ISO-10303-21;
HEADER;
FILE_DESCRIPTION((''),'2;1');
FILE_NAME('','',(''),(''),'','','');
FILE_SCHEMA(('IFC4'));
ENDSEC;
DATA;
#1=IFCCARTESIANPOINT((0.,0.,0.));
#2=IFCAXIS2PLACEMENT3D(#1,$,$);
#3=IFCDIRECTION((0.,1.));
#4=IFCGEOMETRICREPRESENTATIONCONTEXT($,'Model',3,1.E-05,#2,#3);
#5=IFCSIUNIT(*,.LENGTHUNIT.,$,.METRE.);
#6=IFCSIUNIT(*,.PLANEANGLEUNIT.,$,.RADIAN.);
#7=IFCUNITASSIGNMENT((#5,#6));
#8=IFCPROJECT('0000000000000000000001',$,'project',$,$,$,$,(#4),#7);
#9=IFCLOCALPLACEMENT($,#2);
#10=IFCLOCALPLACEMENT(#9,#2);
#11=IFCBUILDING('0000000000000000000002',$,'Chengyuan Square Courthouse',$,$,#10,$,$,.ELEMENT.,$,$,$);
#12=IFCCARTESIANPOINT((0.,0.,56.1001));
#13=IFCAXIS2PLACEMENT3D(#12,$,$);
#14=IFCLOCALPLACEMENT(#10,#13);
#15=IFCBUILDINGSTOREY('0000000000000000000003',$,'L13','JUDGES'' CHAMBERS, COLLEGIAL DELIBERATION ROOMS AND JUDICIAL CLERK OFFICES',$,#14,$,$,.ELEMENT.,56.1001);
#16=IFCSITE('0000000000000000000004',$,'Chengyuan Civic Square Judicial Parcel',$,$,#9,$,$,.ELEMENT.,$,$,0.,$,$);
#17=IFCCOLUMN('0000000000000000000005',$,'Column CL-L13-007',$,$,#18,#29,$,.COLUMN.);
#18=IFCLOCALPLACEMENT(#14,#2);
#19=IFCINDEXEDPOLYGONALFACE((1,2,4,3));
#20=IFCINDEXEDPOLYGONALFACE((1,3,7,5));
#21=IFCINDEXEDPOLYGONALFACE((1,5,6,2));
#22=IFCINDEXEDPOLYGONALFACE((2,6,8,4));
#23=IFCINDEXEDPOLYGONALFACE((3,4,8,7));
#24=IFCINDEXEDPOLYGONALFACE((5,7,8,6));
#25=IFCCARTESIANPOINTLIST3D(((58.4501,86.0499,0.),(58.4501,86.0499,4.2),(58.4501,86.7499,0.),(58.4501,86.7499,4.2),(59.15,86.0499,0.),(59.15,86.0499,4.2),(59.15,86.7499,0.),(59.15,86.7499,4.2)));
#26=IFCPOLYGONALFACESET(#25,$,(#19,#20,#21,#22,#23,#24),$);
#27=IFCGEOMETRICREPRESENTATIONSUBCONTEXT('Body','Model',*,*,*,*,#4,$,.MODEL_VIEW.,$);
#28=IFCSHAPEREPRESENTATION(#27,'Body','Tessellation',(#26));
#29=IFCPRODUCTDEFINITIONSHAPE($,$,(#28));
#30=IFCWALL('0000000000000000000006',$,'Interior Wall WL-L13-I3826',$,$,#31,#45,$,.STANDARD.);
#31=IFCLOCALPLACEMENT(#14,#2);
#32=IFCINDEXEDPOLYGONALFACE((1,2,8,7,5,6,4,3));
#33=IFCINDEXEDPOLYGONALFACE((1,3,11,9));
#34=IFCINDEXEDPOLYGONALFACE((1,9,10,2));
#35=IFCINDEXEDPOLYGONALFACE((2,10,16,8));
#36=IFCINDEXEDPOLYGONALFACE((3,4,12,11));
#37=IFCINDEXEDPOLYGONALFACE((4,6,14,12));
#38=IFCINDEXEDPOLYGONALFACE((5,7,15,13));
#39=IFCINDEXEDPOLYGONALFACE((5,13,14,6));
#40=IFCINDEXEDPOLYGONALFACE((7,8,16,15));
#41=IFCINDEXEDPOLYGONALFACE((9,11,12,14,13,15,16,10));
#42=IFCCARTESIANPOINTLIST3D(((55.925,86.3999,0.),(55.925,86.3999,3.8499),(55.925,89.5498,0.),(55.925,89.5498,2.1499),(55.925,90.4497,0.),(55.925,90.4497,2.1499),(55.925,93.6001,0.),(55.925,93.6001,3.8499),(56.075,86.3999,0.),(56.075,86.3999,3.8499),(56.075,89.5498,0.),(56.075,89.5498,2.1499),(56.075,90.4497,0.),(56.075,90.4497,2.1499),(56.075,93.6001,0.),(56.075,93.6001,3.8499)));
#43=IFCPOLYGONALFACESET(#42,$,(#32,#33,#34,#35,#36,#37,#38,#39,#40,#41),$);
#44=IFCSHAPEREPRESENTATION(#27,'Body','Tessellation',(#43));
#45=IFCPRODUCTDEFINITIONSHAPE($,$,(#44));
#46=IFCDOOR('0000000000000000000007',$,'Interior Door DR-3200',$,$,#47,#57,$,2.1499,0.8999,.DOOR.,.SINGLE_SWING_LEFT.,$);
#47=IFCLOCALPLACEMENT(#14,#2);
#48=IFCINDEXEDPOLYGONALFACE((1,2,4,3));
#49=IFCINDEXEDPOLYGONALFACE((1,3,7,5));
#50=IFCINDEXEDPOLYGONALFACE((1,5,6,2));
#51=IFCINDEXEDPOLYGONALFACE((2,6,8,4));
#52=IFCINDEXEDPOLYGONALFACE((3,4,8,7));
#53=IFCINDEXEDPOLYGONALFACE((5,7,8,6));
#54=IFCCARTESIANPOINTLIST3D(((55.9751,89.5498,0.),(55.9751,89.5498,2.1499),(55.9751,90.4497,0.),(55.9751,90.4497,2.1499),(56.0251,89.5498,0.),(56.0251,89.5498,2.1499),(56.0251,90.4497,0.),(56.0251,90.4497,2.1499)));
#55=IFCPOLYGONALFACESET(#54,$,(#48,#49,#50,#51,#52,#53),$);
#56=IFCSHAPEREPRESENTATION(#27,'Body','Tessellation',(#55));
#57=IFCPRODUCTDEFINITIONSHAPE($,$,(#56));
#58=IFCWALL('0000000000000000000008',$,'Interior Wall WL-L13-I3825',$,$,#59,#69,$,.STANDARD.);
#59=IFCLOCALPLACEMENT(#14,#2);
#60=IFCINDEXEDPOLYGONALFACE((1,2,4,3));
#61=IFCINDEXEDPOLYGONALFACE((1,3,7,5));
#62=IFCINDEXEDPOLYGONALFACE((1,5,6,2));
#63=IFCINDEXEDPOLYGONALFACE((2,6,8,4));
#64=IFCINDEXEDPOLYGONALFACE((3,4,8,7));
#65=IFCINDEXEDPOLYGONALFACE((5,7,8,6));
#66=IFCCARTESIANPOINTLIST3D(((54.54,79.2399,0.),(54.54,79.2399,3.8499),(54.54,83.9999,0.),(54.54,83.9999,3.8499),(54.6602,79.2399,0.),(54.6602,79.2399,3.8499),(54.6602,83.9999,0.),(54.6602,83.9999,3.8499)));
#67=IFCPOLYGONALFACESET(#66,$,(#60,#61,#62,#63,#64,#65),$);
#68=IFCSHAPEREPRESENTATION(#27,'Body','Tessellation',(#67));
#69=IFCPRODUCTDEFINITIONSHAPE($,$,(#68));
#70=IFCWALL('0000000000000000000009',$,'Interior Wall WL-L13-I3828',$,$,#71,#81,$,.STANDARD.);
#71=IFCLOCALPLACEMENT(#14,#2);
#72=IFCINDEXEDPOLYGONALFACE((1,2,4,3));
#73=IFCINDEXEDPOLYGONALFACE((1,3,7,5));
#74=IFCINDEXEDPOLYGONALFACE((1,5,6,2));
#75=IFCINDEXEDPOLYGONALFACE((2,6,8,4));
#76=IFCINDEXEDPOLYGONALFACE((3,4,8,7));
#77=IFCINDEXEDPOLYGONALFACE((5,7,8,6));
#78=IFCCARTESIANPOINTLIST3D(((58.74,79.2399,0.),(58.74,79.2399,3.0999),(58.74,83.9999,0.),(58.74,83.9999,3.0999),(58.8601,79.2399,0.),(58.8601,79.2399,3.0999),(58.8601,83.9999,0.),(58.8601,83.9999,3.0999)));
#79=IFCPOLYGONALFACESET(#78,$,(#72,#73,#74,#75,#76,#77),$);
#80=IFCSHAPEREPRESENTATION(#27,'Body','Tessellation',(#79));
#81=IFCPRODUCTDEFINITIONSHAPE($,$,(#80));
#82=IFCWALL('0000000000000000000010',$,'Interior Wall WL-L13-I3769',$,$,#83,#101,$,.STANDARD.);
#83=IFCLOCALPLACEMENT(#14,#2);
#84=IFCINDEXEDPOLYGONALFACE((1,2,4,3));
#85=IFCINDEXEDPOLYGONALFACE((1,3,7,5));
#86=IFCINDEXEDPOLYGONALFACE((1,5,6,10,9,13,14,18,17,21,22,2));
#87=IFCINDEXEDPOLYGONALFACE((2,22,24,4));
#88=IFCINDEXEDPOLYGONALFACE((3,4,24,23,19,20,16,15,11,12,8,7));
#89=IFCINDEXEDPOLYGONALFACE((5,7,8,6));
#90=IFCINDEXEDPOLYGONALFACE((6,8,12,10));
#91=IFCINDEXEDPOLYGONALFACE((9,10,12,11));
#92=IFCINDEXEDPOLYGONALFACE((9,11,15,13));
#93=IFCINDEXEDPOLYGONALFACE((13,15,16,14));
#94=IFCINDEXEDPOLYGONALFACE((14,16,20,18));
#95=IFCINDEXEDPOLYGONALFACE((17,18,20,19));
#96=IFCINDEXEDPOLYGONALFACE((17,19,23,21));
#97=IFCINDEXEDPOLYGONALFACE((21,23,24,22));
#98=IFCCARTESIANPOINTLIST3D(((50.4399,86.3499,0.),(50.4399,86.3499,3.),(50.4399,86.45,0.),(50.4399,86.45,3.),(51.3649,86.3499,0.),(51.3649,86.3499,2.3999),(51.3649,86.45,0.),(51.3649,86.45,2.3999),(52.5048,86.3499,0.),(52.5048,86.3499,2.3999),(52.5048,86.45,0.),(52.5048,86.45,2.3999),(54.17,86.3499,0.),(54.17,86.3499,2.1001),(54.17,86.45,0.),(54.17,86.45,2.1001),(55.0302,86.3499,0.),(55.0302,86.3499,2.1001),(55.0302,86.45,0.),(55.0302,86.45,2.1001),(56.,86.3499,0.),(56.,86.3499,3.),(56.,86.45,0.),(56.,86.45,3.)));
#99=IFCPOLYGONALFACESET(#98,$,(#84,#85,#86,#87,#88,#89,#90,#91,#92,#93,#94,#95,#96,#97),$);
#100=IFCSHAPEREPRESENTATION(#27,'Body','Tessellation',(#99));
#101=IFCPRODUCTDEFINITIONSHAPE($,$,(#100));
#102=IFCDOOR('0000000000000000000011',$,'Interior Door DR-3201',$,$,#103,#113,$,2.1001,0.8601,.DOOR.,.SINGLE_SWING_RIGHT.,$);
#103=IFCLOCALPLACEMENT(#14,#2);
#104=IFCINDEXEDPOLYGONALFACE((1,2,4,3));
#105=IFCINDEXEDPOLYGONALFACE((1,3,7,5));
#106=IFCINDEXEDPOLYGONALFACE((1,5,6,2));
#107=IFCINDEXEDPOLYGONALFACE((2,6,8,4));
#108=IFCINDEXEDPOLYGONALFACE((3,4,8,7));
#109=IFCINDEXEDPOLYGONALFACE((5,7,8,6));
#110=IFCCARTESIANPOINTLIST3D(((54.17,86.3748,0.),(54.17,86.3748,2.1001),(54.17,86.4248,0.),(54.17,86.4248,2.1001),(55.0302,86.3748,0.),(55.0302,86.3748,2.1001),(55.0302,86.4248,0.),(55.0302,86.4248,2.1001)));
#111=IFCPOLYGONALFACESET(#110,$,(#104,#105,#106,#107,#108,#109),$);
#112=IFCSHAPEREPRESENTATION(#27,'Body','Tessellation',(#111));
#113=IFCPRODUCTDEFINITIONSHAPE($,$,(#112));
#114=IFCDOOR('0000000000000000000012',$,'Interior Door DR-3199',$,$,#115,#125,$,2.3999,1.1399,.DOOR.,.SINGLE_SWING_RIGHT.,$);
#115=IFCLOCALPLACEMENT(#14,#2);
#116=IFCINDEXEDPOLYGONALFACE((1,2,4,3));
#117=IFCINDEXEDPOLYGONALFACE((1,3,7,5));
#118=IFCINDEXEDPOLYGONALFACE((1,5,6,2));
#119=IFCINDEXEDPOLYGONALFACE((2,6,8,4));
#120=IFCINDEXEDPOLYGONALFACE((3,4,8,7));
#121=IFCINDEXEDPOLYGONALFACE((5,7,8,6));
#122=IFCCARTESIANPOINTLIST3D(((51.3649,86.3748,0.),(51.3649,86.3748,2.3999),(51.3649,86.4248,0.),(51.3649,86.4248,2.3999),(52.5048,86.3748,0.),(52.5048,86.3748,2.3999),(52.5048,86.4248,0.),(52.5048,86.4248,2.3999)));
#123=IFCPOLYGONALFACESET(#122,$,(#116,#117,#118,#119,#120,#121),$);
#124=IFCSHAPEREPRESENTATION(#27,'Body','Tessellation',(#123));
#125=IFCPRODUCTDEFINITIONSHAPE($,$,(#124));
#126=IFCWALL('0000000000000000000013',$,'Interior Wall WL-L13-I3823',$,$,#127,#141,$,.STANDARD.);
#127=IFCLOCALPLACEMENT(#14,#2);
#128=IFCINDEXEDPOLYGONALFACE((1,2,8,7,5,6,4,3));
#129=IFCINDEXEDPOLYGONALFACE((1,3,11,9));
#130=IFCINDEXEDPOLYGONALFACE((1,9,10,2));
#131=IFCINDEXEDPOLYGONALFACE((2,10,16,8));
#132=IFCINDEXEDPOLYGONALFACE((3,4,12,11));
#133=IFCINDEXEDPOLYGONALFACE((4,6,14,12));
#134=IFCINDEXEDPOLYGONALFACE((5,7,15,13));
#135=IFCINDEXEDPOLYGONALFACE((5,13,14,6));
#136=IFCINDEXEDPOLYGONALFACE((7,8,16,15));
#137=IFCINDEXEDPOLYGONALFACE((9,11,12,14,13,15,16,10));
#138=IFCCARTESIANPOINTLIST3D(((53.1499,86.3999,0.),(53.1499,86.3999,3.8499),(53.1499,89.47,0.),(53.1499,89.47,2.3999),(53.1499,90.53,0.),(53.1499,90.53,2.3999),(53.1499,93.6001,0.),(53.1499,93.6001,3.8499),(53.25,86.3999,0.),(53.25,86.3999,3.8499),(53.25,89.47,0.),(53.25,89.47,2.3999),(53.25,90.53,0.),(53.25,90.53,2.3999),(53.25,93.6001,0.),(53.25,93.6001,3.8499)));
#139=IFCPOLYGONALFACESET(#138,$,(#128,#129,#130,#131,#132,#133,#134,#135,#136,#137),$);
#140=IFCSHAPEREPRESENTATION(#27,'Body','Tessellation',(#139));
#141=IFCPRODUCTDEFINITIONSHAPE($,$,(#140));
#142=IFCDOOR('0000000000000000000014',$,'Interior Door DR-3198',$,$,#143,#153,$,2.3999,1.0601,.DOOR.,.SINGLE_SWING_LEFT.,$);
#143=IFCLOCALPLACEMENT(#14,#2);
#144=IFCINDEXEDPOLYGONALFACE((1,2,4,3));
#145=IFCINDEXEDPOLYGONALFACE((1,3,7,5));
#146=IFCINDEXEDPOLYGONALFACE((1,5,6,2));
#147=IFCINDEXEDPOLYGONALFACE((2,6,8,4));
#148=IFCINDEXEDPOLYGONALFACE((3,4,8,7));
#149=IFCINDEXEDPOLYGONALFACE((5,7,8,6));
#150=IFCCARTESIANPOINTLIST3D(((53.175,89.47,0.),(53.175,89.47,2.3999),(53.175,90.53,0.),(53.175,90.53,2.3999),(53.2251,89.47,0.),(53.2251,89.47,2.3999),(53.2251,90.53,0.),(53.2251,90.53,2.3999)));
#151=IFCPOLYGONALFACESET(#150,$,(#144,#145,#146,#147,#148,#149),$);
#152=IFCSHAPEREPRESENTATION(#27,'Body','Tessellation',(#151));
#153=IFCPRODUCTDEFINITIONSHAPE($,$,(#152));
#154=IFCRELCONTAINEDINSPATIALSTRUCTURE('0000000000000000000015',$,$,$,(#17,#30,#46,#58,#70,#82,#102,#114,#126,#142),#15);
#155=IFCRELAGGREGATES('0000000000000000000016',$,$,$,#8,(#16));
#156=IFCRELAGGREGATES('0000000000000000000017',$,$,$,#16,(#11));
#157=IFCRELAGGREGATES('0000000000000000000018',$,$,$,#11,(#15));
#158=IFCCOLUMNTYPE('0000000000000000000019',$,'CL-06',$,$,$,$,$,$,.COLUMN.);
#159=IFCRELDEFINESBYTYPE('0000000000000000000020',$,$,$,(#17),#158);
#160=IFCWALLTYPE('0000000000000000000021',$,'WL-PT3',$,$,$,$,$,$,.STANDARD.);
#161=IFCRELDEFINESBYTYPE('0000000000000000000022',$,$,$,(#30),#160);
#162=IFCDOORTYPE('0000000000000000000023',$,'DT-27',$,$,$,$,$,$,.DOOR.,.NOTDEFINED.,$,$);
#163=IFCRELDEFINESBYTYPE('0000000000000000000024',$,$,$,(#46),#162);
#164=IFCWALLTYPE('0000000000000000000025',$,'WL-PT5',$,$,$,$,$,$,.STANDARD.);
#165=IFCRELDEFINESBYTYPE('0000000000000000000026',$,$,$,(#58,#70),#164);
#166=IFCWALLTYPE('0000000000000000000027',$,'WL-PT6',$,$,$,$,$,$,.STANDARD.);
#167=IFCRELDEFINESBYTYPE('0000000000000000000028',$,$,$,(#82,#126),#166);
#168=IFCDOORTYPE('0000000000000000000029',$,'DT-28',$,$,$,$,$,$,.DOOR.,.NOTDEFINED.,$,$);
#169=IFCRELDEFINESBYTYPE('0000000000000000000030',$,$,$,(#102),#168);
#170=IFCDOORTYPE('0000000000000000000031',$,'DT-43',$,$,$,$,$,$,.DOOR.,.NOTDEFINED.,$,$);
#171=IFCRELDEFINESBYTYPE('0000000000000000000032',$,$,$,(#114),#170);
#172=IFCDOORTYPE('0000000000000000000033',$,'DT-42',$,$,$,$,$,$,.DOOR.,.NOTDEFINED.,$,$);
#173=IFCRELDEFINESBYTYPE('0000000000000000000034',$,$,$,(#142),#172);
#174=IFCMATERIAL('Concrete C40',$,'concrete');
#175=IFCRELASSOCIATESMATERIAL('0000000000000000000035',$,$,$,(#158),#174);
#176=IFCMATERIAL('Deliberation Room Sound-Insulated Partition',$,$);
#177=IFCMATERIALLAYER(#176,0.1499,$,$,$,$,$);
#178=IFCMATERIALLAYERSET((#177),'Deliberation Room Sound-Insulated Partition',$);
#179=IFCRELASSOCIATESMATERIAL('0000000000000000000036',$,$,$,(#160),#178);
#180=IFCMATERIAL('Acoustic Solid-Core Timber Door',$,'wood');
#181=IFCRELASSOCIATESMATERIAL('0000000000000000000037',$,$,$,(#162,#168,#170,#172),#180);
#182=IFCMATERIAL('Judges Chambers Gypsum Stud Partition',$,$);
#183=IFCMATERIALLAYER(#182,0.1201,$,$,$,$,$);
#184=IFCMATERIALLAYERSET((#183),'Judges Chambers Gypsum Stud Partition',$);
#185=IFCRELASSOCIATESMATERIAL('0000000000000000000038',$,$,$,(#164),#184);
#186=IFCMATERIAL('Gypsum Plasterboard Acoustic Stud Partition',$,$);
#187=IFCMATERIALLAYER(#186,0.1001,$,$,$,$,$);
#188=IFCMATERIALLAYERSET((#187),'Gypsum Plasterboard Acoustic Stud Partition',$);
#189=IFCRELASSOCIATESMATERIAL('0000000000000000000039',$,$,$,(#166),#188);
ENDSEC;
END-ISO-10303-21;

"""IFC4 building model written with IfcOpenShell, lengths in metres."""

from ifc_helpers import new_model, si_unit, direction, frame, frame_2d, origin, origin_2d, place, context, subcontext, project, spatial, rectangle, extrude, material, layer, layer_set, material_profile, profile_set, type_object, element, fill, save


model = new_model("IFC4")

# Units and contexts
model_context = context("Model", 3, precision=1e-05, world=origin(), true_north=direction((0.0, 1.0)))
body_context = subcontext(model_context, "Body", "Model", "MODEL_VIEW")
ifc_project = project(units=[si_unit("LENGTHUNIT", "METRE"), si_unit("PLANEANGLEUNIT", "RADIAN")], contexts=[model_context])

# Site, building, storey
site_placement = place(None, origin())
site = spatial("IfcSite", under=ifc_project, at=site_placement, Name="Chengyuan Civic Square Judicial Parcel", CompositionType="ELEMENT", RefElevation=0.0)
building_placement = place(site_placement, origin())
building = spatial("IfcBuilding", under=site, at=building_placement, Name="Chengyuan Square Courthouse", CompositionType="ELEMENT")
storey_placement = place(building_placement, frame((0.0, 0.0, 56.1001)))
storey = spatial("IfcBuildingStorey", under=building, at=storey_placement, Name="L13", Description="JUDGES' CHAMBERS, COLLEGIAL DELIBERATION ROOMS AND JUDICIAL CLERK OFFICES", CompositionType="ELEMENT", Elevation=56.1001)

# Column
ifc_material_1 = material(Name="Concrete C40", Category="concrete")
ifc_material_profile = material_profile(ifc_material_1, rectangle(XDim=0.7, YDim=0.7, at=origin_2d()), Name="RC-COL-700x700")
ifc_profile_set = profile_set([ifc_material_profile], Name="Concrete C40")
column_type = type_object("IfcColumnType", Name="CL-06", PredefinedType="COLUMN", material=ifc_profile_set)
column_placement = place(storey_placement, frame((58.8, 86.3999, 0.0), z_axis=(0.0, 0.0, 1.0), x_axis=(1.0, 0.0, 0.0)))
element("IfcColumn", 1, at=column_placement, inside=storey, type_object=column_type, Name="Column CL-L13-007", PredefinedType="COLUMN", context=body_context, shape_type="SweptSolid", body=[
    extrude(rectangle(XDim=0.7, YDim=0.7, at=origin_2d()), origin(), (0.0, 0.0, 1.0), 4.2),
])

# Wall, opening, door
ifc_material_2 = material(Name="Deliberation Room Sound-Insulated Partition")
ifc_layer_1 = layer(ifc_material_2, 0.1499)
ifc_layer_set_1 = layer_set([ifc_layer_1], Name="Deliberation Room Sound-Insulated Partition")
wall_type_1 = type_object("IfcWallType", Name="WL-PT3", PredefinedType="STANDARD", material=ifc_layer_set_1)
ifc_material_3 = material(Name="Acoustic Solid-Core Timber Door", Category="wood")
wall_1_placement = place(storey_placement, frame((56.0, 86.3999, 0.0), z_axis=(0.0, 0.0, 1.0), x_axis=(0.0, 1.0, 0.0)))
wall_1 = element("IfcWall", 2, at=wall_1_placement, inside=storey, type_object=wall_type_1, Name="Interior Wall WL-L13-I3826", PredefinedType="STANDARD", context=body_context, shape_type="SweptSolid", body=[
    extrude(rectangle(XDim=7.2002, YDim=0.1499, at=frame_2d((3.6001, 0.0))), origin(), (0.0, 0.0, 1.0), 3.8499),
])
opening_1_placement = place(wall_1_placement, frame((3.1499, 0.0, 0.0)))
opening_1 = element("IfcOpeningElement", 3, at=opening_1_placement, cuts=wall_1, PredefinedType="OPENING", context=body_context, shape_type="SweptSolid", body=[
    extrude(rectangle(XDim=0.8999, YDim=2.1499, at=frame_2d((0.45, 1.075))), frame((0.0, 0.0869, 0.0), z_axis=(0.0, -1.0, 0.0), x_axis=(1.0, 0.0, 0.0)), (0.0, 0.0, 1.0), 0.1738),
])
door_type_1 = type_object("IfcDoorType", Name="DT-27", OperationType="NOTDEFINED", PredefinedType="DOOR", material=ifc_material_3)
door_1_placement = place(opening_1_placement, origin())
door_1 = element("IfcDoor", 4, at=door_1_placement, inside=storey, type_object=door_type_1, Name="Interior Door DR-3200", OperationType="SINGLE_SWING_LEFT", OverallHeight=2.1499, OverallWidth=0.8999, PredefinedType="DOOR", context=body_context, shape_type="SweptSolid", body=[
    extrude(rectangle(XDim=0.8999, YDim=2.1499, at=frame_2d((0.45, 1.075))), frame((0.0, 0.0249, 0.0), z_axis=(0.0, -1.0, 0.0), x_axis=(1.0, 0.0, 0.0)), (0.0, 0.0, 1.0), 0.05),
])
fill(opening_1, door_1)

# Walls
ifc_material_4 = material(Name="Judges Chambers Gypsum Stud Partition")
ifc_layer_2 = layer(ifc_material_4, 0.1201)
ifc_layer_set_2 = layer_set([ifc_layer_2], Name="Judges Chambers Gypsum Stud Partition")
wall_type_2 = type_object("IfcWallType", Name="WL-PT5", PredefinedType="STANDARD", material=ifc_layer_set_2)
wall_2_placement = place(storey_placement, frame((54.6001, 79.24, 0.0), z_axis=(0.0, 0.0, 1.0), x_axis=(0.0, 1.0, 0.0)))
element("IfcWall", 5, at=wall_2_placement, inside=storey, type_object=wall_type_2, Name="Interior Wall WL-L13-I3825", PredefinedType="STANDARD", context=body_context, shape_type="SweptSolid", body=[
    extrude(rectangle(XDim=4.76, YDim=0.1201, at=frame_2d((2.3799, 0.0))), origin(), (0.0, 0.0, 1.0), 3.8499),
])
wall_3_placement = place(storey_placement, frame((58.8, 79.24, 0.0), z_axis=(0.0, 0.0, 1.0), x_axis=(0.0, 1.0, 0.0)))
element("IfcWall", 6, at=wall_3_placement, inside=storey, type_object=wall_type_2, Name="Interior Wall WL-L13-I3828", PredefinedType="STANDARD", context=body_context, shape_type="SweptSolid", body=[
    extrude(rectangle(XDim=4.76, YDim=0.1201, at=frame_2d((2.3799, 0.0))), origin(), (0.0, 0.0, 1.0), 3.0999),
])

# Wall, openings, doors
ifc_material_5 = material(Name="Gypsum Plasterboard Acoustic Stud Partition")
ifc_layer_3 = layer(ifc_material_5, 0.1001)
ifc_layer_set_3 = layer_set([ifc_layer_3], Name="Gypsum Plasterboard Acoustic Stud Partition")
wall_type_3 = type_object("IfcWallType", Name="WL-PT6", PredefinedType="STANDARD", material=ifc_layer_set_3)
wall_4_placement = place(storey_placement, frame((50.4399, 86.3999, 0.0), z_axis=(0.0, 0.0, 1.0), x_axis=(1.0, 0.0, 0.0)))
wall_4 = element("IfcWall", 7, at=wall_4_placement, inside=storey, type_object=wall_type_3, Name="Interior Wall WL-L13-I3769", PredefinedType="STANDARD", context=body_context, shape_type="SweptSolid", body=[
    extrude(rectangle(XDim=5.5601, YDim=0.1001, at=frame_2d((2.78, 0.0))), origin(), (0.0, 0.0, 1.0), 3.0),
])
opening_2_placement = place(wall_4_placement, frame((0.925, 0.0, 0.0)))
opening_2 = element("IfcOpeningElement", 8, at=opening_2_placement, cuts=wall_4, PredefinedType="OPENING", context=body_context, shape_type="SweptSolid", body=[
    extrude(rectangle(XDim=1.1399, YDim=2.3999, at=frame_2d((0.5698, 1.2))), frame((0.0, 0.062, 0.0), z_axis=(0.0, -1.0, 0.0), x_axis=(1.0, 0.0, 0.0)), (0.0, 0.0, 1.0), 0.124),
])
opening_3_placement = place(wall_4_placement, frame((3.73, 0.0, 0.0)))
opening_3 = element("IfcOpeningElement", 9, at=opening_3_placement, cuts=wall_4, PredefinedType="OPENING", context=body_context, shape_type="SweptSolid", body=[
    extrude(rectangle(XDim=0.8601, YDim=2.1001, at=frame_2d((0.4302, 1.05))), frame((0.0, 0.062, 0.0), z_axis=(0.0, -1.0, 0.0), x_axis=(1.0, 0.0, 0.0)), (0.0, 0.0, 1.0), 0.124),
])
door_type_2 = type_object("IfcDoorType", Name="DT-28", OperationType="NOTDEFINED", PredefinedType="DOOR", material=ifc_material_3)
door_2_placement = place(opening_3_placement, origin())
door_2 = element("IfcDoor", 10, at=door_2_placement, inside=storey, type_object=door_type_2, Name="Interior Door DR-3201", OperationType="SINGLE_SWING_RIGHT", OverallHeight=2.1001, OverallWidth=0.8601, PredefinedType="DOOR", context=body_context, shape_type="SweptSolid", body=[
    extrude(rectangle(XDim=0.8601, YDim=2.1001, at=frame_2d((0.4302, 1.05))), frame((0.0, 0.0249, 0.0), z_axis=(0.0, -1.0, 0.0), x_axis=(1.0, 0.0, 0.0)), (0.0, 0.0, 1.0), 0.05),
])
fill(opening_3, door_2)
door_type_3 = type_object("IfcDoorType", Name="DT-43", OperationType="NOTDEFINED", PredefinedType="DOOR", material=ifc_material_3)
door_3_placement = place(opening_2_placement, origin())
door_3 = element("IfcDoor", 11, at=door_3_placement, inside=storey, type_object=door_type_3, Name="Interior Door DR-3199", OperationType="SINGLE_SWING_RIGHT", OverallHeight=2.3999, OverallWidth=1.1399, PredefinedType="DOOR", context=body_context, shape_type="SweptSolid", body=[
    extrude(rectangle(XDim=1.1399, YDim=2.3999, at=frame_2d((0.5698, 1.2))), frame((0.0, 0.0249, 0.0), z_axis=(0.0, -1.0, 0.0), x_axis=(1.0, 0.0, 0.0)), (0.0, 0.0, 1.0), 0.05),
])
fill(opening_2, door_3)

# Wall, opening, door
wall_5_placement = place(storey_placement, frame((53.2, 86.3999, 0.0), z_axis=(0.0, 0.0, 1.0), x_axis=(0.0, 1.0, 0.0)))
wall_5 = element("IfcWall", 12, at=wall_5_placement, inside=storey, type_object=wall_type_3, Name="Interior Wall WL-L13-I3823", PredefinedType="STANDARD", context=body_context, shape_type="SweptSolid", body=[
    extrude(rectangle(XDim=7.2002, YDim=0.1001, at=frame_2d((3.6001, 0.0))), origin(), (0.0, 0.0, 1.0), 3.8499),
])
opening_4_placement = place(wall_5_placement, frame((3.0701, 0.0, 0.0)))
opening_4 = element("IfcOpeningElement", 13, at=opening_4_placement, cuts=wall_5, PredefinedType="OPENING", context=body_context, shape_type="SweptSolid", body=[
    extrude(rectangle(XDim=1.0601, YDim=2.3999, at=frame_2d((0.53, 1.2))), frame((0.0, 0.062, 0.0), z_axis=(0.0, -1.0, 0.0), x_axis=(1.0, 0.0, 0.0)), (0.0, 0.0, 1.0), 0.124),
])
door_type_4 = type_object("IfcDoorType", Name="DT-42", OperationType="NOTDEFINED", PredefinedType="DOOR", material=ifc_material_3)
door_4_placement = place(opening_4_placement, origin())
door_4 = element("IfcDoor", 14, at=door_4_placement, inside=storey, type_object=door_type_4, Name="Interior Door DR-3198", OperationType="SINGLE_SWING_LEFT", OverallHeight=2.3999, OverallWidth=1.0601, PredefinedType="DOOR", context=body_context, shape_type="SweptSolid", body=[
    extrude(rectangle(XDim=1.0601, YDim=2.3999, at=frame_2d((0.53, 1.2))), frame((0.0, 0.0249, 0.0), z_axis=(0.0, -1.0, 0.0), x_axis=(1.0, 0.0, 0.0)), (0.0, 0.0, 1.0), 0.05),
])
fill(opening_4, door_4)

save(model, "model.ifc")
